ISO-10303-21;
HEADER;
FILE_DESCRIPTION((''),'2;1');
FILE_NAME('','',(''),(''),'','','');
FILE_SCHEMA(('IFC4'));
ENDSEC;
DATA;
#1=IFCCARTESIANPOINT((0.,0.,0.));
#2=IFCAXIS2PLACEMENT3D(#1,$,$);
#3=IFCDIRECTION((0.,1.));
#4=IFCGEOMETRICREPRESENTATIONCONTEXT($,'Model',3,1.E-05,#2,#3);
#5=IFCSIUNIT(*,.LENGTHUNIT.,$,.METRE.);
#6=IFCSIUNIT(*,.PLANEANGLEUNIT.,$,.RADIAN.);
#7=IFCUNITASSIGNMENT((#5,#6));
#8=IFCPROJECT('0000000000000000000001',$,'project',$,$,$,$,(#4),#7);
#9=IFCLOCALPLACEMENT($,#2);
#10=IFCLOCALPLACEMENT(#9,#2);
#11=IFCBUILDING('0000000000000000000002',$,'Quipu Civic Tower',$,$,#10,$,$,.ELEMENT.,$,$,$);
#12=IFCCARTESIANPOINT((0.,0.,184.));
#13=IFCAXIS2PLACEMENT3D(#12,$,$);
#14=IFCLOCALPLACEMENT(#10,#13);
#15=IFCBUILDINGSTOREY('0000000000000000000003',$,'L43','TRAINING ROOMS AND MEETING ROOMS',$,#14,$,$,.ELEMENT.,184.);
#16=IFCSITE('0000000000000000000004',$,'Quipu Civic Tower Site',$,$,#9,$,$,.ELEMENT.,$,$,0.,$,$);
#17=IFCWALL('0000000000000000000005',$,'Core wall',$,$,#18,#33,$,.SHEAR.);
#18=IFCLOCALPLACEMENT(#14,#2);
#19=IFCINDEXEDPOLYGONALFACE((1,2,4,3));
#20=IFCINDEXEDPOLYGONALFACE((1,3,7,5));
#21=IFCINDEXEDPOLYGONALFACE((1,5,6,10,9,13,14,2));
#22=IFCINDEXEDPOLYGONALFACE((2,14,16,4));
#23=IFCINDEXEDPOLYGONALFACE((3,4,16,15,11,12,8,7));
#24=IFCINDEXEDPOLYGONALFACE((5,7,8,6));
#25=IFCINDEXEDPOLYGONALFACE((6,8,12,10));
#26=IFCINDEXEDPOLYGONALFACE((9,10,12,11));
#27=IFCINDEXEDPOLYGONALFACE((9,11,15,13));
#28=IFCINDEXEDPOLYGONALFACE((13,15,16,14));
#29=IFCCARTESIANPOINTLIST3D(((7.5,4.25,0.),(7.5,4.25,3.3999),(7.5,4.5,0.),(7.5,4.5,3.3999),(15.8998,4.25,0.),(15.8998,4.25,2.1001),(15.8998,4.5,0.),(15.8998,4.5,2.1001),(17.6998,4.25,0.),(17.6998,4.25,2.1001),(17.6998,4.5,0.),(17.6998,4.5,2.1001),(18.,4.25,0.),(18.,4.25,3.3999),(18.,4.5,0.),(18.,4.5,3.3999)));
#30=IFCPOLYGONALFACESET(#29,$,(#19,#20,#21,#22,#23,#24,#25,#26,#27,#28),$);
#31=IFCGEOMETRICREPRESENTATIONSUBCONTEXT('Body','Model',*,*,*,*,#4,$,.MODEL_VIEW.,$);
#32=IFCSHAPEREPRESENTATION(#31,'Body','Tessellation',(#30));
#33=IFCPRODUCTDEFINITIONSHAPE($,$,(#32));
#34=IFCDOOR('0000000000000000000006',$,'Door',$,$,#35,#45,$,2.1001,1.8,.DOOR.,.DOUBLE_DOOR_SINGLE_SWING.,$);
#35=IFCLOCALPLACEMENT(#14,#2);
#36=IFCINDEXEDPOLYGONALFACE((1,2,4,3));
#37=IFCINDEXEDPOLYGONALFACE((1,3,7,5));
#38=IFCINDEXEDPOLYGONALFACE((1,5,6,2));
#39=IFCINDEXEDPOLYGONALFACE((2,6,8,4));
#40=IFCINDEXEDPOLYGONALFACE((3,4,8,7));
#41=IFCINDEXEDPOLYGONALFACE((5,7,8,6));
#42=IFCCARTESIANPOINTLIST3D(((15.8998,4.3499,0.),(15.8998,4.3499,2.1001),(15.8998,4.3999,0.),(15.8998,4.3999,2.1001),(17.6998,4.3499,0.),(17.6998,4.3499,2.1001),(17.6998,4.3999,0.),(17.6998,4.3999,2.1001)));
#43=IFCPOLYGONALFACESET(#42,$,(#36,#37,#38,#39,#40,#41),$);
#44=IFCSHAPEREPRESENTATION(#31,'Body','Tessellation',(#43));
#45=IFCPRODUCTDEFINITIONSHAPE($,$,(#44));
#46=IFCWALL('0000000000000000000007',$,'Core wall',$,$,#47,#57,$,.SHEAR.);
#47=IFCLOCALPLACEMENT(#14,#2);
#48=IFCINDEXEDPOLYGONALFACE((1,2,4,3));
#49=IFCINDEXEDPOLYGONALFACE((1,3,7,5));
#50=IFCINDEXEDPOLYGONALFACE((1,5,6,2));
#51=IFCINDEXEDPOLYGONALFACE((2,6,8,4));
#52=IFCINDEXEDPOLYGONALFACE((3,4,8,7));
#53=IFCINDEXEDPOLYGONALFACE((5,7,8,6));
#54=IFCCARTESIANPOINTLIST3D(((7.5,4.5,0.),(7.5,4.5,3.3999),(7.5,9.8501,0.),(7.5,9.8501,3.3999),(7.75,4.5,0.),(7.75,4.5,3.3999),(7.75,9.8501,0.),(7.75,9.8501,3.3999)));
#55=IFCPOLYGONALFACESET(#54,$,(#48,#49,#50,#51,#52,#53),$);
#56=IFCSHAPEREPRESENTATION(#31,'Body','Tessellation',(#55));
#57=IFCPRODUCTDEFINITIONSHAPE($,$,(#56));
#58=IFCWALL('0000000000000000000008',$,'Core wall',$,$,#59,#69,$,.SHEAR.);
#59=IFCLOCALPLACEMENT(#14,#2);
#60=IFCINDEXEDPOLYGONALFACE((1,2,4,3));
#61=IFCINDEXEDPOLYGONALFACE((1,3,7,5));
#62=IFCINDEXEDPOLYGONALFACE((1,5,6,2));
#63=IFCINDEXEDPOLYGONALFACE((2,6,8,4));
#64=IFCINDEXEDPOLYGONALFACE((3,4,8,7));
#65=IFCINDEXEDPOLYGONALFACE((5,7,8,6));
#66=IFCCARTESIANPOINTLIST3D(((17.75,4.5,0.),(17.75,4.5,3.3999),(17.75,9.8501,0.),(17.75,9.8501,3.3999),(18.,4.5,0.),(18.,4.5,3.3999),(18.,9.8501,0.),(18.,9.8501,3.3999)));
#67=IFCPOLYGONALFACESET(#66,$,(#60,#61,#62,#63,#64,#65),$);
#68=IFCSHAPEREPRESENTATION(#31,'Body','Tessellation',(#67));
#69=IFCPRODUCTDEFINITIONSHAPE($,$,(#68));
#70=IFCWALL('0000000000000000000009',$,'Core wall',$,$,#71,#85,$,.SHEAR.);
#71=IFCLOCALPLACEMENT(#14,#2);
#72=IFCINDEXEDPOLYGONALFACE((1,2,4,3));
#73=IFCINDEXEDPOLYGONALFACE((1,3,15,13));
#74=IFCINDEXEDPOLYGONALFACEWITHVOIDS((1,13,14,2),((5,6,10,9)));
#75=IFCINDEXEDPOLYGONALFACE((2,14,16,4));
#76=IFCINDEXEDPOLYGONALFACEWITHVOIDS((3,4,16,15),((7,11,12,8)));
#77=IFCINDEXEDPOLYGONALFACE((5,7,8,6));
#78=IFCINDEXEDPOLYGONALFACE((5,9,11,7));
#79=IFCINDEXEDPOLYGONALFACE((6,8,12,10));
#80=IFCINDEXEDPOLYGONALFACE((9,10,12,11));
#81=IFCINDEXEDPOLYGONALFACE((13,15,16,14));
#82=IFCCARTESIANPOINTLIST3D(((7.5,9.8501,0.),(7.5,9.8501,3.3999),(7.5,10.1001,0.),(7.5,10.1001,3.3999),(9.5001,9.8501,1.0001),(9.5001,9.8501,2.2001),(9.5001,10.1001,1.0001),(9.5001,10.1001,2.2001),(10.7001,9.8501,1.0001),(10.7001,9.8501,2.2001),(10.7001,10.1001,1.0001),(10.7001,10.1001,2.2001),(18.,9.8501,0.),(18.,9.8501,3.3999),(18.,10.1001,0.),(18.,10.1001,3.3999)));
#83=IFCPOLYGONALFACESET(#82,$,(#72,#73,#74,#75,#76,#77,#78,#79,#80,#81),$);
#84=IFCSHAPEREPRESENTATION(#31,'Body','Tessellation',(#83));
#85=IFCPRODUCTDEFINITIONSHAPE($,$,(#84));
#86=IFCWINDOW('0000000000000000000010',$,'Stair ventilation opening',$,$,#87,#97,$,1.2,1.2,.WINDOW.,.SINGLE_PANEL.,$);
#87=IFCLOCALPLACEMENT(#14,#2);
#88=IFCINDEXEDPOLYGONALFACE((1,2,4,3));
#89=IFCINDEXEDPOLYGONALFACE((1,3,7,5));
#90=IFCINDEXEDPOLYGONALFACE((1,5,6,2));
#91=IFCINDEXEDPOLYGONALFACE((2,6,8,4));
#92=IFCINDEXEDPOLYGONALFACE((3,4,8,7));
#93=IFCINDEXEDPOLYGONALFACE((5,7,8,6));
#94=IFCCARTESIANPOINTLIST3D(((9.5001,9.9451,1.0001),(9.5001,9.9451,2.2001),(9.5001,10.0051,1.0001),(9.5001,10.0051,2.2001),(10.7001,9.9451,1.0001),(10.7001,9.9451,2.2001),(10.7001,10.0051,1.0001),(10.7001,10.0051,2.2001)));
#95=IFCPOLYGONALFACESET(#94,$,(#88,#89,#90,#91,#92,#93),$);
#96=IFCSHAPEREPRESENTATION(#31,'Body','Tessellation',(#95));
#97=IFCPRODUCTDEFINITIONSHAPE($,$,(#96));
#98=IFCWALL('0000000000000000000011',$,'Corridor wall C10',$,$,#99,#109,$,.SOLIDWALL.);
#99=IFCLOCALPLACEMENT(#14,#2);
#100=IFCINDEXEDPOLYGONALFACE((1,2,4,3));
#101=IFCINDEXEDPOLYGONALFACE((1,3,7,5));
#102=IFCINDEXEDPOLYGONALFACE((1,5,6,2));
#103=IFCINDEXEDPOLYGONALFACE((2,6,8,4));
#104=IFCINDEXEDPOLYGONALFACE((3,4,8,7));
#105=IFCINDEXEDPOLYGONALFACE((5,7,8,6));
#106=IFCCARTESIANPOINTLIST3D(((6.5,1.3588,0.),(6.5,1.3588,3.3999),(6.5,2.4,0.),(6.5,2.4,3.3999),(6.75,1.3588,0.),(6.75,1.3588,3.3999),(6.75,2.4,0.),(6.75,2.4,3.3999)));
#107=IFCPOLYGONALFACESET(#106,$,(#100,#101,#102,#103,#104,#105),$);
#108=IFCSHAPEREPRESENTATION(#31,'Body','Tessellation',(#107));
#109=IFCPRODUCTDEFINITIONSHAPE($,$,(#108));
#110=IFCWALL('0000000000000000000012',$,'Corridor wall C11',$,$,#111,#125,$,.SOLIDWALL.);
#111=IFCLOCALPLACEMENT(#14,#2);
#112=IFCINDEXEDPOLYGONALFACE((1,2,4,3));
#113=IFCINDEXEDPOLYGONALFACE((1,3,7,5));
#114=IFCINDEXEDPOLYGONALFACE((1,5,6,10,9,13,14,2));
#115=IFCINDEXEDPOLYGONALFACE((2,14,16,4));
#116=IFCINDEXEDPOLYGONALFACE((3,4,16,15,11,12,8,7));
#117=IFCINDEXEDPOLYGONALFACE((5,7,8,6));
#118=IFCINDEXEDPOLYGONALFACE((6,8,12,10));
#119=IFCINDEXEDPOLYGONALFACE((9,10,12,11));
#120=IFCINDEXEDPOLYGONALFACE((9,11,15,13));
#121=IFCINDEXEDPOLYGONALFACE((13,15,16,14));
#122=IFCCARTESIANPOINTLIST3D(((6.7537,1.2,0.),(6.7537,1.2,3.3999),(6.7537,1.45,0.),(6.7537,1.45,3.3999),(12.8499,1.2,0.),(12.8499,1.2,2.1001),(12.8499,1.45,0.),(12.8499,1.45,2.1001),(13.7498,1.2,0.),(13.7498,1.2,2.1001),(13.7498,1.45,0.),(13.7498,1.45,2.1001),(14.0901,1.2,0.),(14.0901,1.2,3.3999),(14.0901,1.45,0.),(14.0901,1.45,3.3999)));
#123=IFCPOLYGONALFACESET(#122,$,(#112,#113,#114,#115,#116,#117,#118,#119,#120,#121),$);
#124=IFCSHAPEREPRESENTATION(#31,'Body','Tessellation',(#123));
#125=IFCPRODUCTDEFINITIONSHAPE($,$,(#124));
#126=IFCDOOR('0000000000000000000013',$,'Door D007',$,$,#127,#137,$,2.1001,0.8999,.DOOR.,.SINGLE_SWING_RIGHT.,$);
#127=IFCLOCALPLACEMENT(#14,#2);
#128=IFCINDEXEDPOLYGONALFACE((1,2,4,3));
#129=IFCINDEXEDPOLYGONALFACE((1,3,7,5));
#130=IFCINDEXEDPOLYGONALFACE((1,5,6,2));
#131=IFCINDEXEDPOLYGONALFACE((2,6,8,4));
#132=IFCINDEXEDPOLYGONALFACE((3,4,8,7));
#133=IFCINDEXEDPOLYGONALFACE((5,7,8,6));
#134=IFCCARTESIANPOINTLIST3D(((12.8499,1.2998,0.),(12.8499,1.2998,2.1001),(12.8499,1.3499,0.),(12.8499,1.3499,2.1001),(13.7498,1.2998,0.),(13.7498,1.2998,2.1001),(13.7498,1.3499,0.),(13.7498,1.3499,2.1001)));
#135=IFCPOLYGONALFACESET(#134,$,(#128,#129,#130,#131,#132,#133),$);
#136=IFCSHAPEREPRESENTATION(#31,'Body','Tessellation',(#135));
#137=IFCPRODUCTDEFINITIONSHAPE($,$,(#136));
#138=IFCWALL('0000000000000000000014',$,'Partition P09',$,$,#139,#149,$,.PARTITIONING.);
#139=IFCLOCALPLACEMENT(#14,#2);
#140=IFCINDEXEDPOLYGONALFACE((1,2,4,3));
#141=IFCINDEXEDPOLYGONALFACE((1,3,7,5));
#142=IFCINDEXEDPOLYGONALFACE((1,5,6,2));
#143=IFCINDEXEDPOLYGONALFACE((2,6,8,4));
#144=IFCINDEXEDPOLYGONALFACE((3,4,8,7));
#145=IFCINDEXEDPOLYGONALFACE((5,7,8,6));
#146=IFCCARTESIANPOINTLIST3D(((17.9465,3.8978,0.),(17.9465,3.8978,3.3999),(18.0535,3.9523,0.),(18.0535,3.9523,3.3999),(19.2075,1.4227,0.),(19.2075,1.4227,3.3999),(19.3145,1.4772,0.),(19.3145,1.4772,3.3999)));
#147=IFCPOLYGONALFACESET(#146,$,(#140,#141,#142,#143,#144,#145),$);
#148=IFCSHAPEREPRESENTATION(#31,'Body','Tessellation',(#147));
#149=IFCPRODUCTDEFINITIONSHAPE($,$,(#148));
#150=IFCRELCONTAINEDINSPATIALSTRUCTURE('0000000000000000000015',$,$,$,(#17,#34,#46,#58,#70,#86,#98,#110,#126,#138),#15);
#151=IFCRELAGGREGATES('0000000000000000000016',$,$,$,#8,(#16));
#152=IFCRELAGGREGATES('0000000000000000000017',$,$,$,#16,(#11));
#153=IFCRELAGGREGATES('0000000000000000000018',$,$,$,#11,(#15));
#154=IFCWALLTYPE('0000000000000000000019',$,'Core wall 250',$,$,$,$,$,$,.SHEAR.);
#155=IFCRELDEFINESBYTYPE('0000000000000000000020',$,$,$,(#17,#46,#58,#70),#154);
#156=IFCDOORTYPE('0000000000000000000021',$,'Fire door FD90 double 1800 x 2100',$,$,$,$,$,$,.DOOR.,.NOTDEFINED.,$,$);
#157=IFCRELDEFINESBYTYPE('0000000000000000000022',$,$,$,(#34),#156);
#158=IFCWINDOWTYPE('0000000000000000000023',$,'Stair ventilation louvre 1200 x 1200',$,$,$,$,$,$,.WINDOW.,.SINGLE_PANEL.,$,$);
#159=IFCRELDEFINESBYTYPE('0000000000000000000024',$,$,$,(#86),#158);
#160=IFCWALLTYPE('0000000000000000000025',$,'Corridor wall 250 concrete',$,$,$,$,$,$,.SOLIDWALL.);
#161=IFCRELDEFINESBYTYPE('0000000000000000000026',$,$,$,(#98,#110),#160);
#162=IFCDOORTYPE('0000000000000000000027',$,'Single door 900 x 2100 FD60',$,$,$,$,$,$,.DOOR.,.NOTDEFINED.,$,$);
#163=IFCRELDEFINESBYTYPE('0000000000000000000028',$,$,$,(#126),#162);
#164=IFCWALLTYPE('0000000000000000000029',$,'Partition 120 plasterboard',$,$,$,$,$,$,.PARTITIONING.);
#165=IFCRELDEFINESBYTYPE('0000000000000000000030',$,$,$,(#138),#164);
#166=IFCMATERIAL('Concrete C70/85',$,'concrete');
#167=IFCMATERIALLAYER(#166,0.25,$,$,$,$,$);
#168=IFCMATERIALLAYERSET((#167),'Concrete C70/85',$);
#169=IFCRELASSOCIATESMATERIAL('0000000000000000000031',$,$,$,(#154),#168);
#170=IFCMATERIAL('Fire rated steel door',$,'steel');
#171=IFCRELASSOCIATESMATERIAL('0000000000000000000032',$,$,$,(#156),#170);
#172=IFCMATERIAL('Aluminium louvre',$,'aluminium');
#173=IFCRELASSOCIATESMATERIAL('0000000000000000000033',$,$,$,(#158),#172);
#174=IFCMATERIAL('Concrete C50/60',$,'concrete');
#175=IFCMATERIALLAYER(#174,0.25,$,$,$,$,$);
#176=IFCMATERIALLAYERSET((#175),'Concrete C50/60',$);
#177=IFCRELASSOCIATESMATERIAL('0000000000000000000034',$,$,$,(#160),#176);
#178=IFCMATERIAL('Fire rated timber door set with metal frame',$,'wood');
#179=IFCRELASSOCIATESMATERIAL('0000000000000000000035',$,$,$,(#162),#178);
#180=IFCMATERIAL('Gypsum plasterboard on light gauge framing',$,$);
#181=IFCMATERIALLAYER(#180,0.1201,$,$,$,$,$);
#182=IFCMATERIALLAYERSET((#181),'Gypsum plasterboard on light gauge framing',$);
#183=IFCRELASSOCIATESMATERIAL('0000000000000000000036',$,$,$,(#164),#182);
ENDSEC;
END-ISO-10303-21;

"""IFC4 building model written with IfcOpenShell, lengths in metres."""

from ifc_helpers import new_model, si_unit, direction, frame, frame_2d, origin, place, context, subcontext, project, spatial, rectangle, extrude, material, layer, layer_set, type_object, element, fill, save


model = new_model("IFC4")

# Units and contexts
model_context = context("Model", 3, precision=1e-05, world=origin(), true_north=direction((0.0, 1.0)))
body_context = subcontext(model_context, "Body", "Model", "MODEL_VIEW")
ifc_project = project(units=[si_unit("LENGTHUNIT", "METRE"), si_unit("PLANEANGLEUNIT", "RADIAN")], contexts=[model_context])

# Site, building, storey
site_placement = place(None, origin())
site = spatial("IfcSite", under=ifc_project, at=site_placement, Name="Quipu Civic Tower Site", CompositionType="ELEMENT", RefElevation=0.0)
building_placement = place(site_placement, origin())
building = spatial("IfcBuilding", under=site, at=building_placement, Name="Quipu Civic Tower", CompositionType="ELEMENT")
storey_placement = place(building_placement, frame((0.0, 0.0, 184.0)))
storey = spatial("IfcBuildingStorey", under=building, at=storey_placement, Name="L43", Description="TRAINING ROOMS AND MEETING ROOMS", CompositionType="ELEMENT", Elevation=184.0)

# Shared definitions
ifc_material_1 = material(Name="Concrete C70/85", Category="concrete")
ifc_layer_1 = layer(ifc_material_1, 0.25)
ifc_layer_set_1 = layer_set([ifc_layer_1], Name="Concrete C70/85")
wall_type_1 = type_object("IfcWallType", Name="Core wall 250", PredefinedType="SHEAR", material=ifc_layer_set_1)
ifc_material_2 = material(Name="Fire rated steel door", Category="steel")
door_type_1 = type_object("IfcDoorType", Name="Fire door FD90 double 1800 x 2100", OperationType="NOTDEFINED", PredefinedType="DOOR", material=ifc_material_2)

# Wall, opening, door
wall_1_placement = place(storey_placement, frame((7.5, 4.375, 0.0), z_axis=(0.0, 0.0, 1.0), x_axis=(1.0, 0.0, 0.0)))
wall_1 = element("IfcWall", 1, at=wall_1_placement, inside=storey, type_object=wall_type_1, Name="Core wall", PredefinedType="SHEAR", context=body_context, shape_type="SweptSolid", body=[
    extrude(rectangle(XDim=10.5, YDim=0.25, at=frame_2d((5.25, 0.0))), origin(), (0.0, 0.0, 1.0), 3.3999),
])
opening_1_placement = place(wall_1_placement, frame((8.3999, 0.0, 0.0)))
opening_1 = element("IfcOpeningElement", 2, at=opening_1_placement, cuts=wall_1, PredefinedType="OPENING", context=body_context, shape_type="SweptSolid", body=[
    extrude(rectangle(XDim=1.8, YDim=2.1001, at=frame_2d((0.8999, 1.05))), frame((0.0, 0.135, 0.0), z_axis=(0.0, -1.0, 0.0), x_axis=(1.0, 0.0, 0.0)), (0.0, 0.0, 1.0), 0.27),
])
door_1_placement = place(opening_1_placement, origin())
door_1 = element("IfcDoor", 3, at=door_1_placement, inside=storey, type_object=door_type_1, Name="Door", OperationType="DOUBLE_DOOR_SINGLE_SWING", OverallHeight=2.1001, OverallWidth=1.8, PredefinedType="DOOR", context=body_context, shape_type="SweptSolid", body=[
    extrude(rectangle(XDim=1.8, YDim=2.1001, at=frame_2d((0.8999, 1.05))), frame((0.0, 0.0249, 0.0), z_axis=(0.0, -1.0, 0.0), x_axis=(1.0, 0.0, 0.0)), (0.0, 0.0, 1.0), 0.05),
])
fill(opening_1, door_1)

# Walls
for number, where, z_axis, x_axis, name in (
    (4, (7.625, 4.5, 0.0), (0.0, 0.0, 1.0), (0.0, 1.0, 0.0), "Core wall"),
    (5, (17.875, 4.5, 0.0), (0.0, 0.0, 1.0), (0.0, 1.0, 0.0), "Core wall"),
):
    element("IfcWall", number, at=place(storey_placement, frame(where, z_axis=z_axis, x_axis=x_axis)), inside=storey, type_object=wall_type_1, Name=name, PredefinedType="SHEAR", context=body_context, shape_type="SweptSolid", body=[
        extrude(rectangle(XDim=5.3501, YDim=0.25, at=frame_2d((2.675, 0.0))), origin(), (0.0, 0.0, 1.0), 3.3999),
    ])

# Wall, opening, window
wall_2_placement = place(storey_placement, frame((7.5, 9.9751, 0.0), z_axis=(0.0, 0.0, 1.0), x_axis=(1.0, 0.0, 0.0)))
wall_2 = element("IfcWall", 6, at=wall_2_placement, inside=storey, type_object=wall_type_1, Name="Core wall", PredefinedType="SHEAR", context=body_context, shape_type="SweptSolid", body=[
    extrude(rectangle(XDim=10.5, YDim=0.25, at=frame_2d((5.25, 0.0))), origin(), (0.0, 0.0, 1.0), 3.3999),
])
opening_2_placement = place(wall_2_placement, frame((2.0, 0.0, 1.0)))
opening_2 = element("IfcOpeningElement", 7, at=opening_2_placement, cuts=wall_2, PredefinedType="OPENING", context=body_context, shape_type="SweptSolid", body=[
    extrude(rectangle(XDim=1.2, YDim=1.2, at=frame_2d((0.6001, 0.6001))), frame((0.0, 0.135, 0.0), z_axis=(0.0, -1.0, 0.0), x_axis=(1.0, 0.0, 0.0)), (0.0, 0.0, 1.0), 0.27),
])
ifc_material_3 = material(Name="Aluminium louvre", Category="aluminium")
window_type = type_object("IfcWindowType", Name="Stair ventilation louvre 1200 x 1200", PartitioningType="SINGLE_PANEL", PredefinedType="WINDOW", material=ifc_material_3)
window_placement = place(opening_2_placement, origin())
window = element("IfcWindow", 8, at=window_placement, inside=storey, type_object=window_type, Name="Stair ventilation opening", OverallHeight=1.2, OverallWidth=1.2, PartitioningType="SINGLE_PANEL", PredefinedType="WINDOW", context=body_context, shape_type="SweptSolid", body=[
    extrude(rectangle(XDim=1.2, YDim=1.2, at=frame_2d((0.6001, 0.6001))), frame((0.0, 0.03, 0.0), z_axis=(0.0, -1.0, 0.0), x_axis=(1.0, 0.0, 0.0)), (0.0, 0.0, 1.0), 0.0601),
])
fill(opening_2, window)

# Wall
ifc_material_4 = material(Name="Concrete C50/60", Category="concrete")
ifc_layer_2 = layer(ifc_material_4, 0.25)
ifc_layer_set_2 = layer_set([ifc_layer_2], Name="Concrete C50/60")
wall_type_2 = type_object("IfcWallType", Name="Corridor wall 250 concrete", PredefinedType="SOLIDWALL", material=ifc_layer_set_2)
wall_3_placement = place(storey_placement, frame((6.625, 2.3999, 0.0), z_axis=(0.0, 0.0, 1.0), x_axis=(0.0, -1.0, 0.0)))
element("IfcWall", 9, at=wall_3_placement, inside=storey, type_object=wall_type_2, Name="Corridor wall C10", PredefinedType="SOLIDWALL", context=body_context, shape_type="SweptSolid", body=[
    extrude(rectangle(XDim=1.0413, YDim=0.25, at=frame_2d((0.5205, 0.0))), origin(), (0.0, 0.0, 1.0), 3.3999),
])

# Wall, opening, door
wall_4_placement = place(storey_placement, frame((6.7537, 1.325, 0.0), z_axis=(0.0, 0.0, 1.0), x_axis=(1.0, 0.0, 0.0)))
wall_4 = element("IfcWall", 10, at=wall_4_placement, inside=storey, type_object=wall_type_2, Name="Corridor wall C11", PredefinedType="SOLIDWALL", context=body_context, shape_type="SweptSolid", body=[
    extrude(rectangle(XDim=7.3364, YDim=0.25, at=frame_2d((3.6682, 0.0))), origin(), (0.0, 0.0, 1.0), 3.3999),
])
opening_3_placement = place(wall_4_placement, frame((6.0962, 0.0, 0.0)))
opening_3 = element("IfcOpeningElement", 11, at=opening_3_placement, cuts=wall_4, PredefinedType="OPENING", context=body_context, shape_type="SweptSolid", body=[
    extrude(rectangle(XDim=0.8999, YDim=2.1001, at=frame_2d((0.45, 1.05))), frame((0.0, 0.135, 0.0), z_axis=(0.0, -1.0, 0.0), x_axis=(1.0, 0.0, 0.0)), (0.0, 0.0, 1.0), 0.27),
])
ifc_material_5 = material(Name="Fire rated timber door set with metal frame", Category="wood")
door_type_2 = type_object("IfcDoorType", Name="Single door 900 x 2100 FD60", OperationType="NOTDEFINED", PredefinedType="DOOR", material=ifc_material_5)
door_2_placement = place(opening_3_placement, origin())
door_2 = element("IfcDoor", 12, at=door_2_placement, inside=storey, type_object=door_type_2, Name="Door D007", OperationType="SINGLE_SWING_RIGHT", OverallHeight=2.1001, OverallWidth=0.8999, PredefinedType="DOOR", context=body_context, shape_type="SweptSolid", body=[
    extrude(rectangle(XDim=0.8999, YDim=2.1001, at=frame_2d((0.45, 1.05))), frame((0.0, 0.0249, 0.0), z_axis=(0.0, -1.0, 0.0), x_axis=(1.0, 0.0, 0.0)), (0.0, 0.0, 1.0), 0.05),
])
fill(opening_3, door_2)

# Wall
ifc_material_6 = material(Name="Gypsum plasterboard on light gauge framing")
ifc_layer_3 = layer(ifc_material_6, 0.1201)
ifc_layer_set_3 = layer_set([ifc_layer_3], Name="Gypsum plasterboard on light gauge framing")
wall_type_3 = type_object("IfcWallType", Name="Partition 120 plasterboard", PredefinedType="PARTITIONING", material=ifc_layer_set_3)
wall_5_placement = place(storey_placement, frame((18.0, 3.925, 0.0), z_axis=(0.0, 0.0, 1.0), x_axis=(0.453951, -0.891027, 0.0)))
element("IfcWall", 13, at=wall_5_placement, inside=storey, type_object=wall_type_3, Name="Partition P09", PredefinedType="PARTITIONING", context=body_context, shape_type="SweptSolid", body=[
    extrude(rectangle(XDim=2.7778, YDim=0.1201, at=frame_2d((1.3889, 0.0))), origin(), (0.0, 0.0, 1.0), 3.3999),
])

save(model, "model.ifc")
